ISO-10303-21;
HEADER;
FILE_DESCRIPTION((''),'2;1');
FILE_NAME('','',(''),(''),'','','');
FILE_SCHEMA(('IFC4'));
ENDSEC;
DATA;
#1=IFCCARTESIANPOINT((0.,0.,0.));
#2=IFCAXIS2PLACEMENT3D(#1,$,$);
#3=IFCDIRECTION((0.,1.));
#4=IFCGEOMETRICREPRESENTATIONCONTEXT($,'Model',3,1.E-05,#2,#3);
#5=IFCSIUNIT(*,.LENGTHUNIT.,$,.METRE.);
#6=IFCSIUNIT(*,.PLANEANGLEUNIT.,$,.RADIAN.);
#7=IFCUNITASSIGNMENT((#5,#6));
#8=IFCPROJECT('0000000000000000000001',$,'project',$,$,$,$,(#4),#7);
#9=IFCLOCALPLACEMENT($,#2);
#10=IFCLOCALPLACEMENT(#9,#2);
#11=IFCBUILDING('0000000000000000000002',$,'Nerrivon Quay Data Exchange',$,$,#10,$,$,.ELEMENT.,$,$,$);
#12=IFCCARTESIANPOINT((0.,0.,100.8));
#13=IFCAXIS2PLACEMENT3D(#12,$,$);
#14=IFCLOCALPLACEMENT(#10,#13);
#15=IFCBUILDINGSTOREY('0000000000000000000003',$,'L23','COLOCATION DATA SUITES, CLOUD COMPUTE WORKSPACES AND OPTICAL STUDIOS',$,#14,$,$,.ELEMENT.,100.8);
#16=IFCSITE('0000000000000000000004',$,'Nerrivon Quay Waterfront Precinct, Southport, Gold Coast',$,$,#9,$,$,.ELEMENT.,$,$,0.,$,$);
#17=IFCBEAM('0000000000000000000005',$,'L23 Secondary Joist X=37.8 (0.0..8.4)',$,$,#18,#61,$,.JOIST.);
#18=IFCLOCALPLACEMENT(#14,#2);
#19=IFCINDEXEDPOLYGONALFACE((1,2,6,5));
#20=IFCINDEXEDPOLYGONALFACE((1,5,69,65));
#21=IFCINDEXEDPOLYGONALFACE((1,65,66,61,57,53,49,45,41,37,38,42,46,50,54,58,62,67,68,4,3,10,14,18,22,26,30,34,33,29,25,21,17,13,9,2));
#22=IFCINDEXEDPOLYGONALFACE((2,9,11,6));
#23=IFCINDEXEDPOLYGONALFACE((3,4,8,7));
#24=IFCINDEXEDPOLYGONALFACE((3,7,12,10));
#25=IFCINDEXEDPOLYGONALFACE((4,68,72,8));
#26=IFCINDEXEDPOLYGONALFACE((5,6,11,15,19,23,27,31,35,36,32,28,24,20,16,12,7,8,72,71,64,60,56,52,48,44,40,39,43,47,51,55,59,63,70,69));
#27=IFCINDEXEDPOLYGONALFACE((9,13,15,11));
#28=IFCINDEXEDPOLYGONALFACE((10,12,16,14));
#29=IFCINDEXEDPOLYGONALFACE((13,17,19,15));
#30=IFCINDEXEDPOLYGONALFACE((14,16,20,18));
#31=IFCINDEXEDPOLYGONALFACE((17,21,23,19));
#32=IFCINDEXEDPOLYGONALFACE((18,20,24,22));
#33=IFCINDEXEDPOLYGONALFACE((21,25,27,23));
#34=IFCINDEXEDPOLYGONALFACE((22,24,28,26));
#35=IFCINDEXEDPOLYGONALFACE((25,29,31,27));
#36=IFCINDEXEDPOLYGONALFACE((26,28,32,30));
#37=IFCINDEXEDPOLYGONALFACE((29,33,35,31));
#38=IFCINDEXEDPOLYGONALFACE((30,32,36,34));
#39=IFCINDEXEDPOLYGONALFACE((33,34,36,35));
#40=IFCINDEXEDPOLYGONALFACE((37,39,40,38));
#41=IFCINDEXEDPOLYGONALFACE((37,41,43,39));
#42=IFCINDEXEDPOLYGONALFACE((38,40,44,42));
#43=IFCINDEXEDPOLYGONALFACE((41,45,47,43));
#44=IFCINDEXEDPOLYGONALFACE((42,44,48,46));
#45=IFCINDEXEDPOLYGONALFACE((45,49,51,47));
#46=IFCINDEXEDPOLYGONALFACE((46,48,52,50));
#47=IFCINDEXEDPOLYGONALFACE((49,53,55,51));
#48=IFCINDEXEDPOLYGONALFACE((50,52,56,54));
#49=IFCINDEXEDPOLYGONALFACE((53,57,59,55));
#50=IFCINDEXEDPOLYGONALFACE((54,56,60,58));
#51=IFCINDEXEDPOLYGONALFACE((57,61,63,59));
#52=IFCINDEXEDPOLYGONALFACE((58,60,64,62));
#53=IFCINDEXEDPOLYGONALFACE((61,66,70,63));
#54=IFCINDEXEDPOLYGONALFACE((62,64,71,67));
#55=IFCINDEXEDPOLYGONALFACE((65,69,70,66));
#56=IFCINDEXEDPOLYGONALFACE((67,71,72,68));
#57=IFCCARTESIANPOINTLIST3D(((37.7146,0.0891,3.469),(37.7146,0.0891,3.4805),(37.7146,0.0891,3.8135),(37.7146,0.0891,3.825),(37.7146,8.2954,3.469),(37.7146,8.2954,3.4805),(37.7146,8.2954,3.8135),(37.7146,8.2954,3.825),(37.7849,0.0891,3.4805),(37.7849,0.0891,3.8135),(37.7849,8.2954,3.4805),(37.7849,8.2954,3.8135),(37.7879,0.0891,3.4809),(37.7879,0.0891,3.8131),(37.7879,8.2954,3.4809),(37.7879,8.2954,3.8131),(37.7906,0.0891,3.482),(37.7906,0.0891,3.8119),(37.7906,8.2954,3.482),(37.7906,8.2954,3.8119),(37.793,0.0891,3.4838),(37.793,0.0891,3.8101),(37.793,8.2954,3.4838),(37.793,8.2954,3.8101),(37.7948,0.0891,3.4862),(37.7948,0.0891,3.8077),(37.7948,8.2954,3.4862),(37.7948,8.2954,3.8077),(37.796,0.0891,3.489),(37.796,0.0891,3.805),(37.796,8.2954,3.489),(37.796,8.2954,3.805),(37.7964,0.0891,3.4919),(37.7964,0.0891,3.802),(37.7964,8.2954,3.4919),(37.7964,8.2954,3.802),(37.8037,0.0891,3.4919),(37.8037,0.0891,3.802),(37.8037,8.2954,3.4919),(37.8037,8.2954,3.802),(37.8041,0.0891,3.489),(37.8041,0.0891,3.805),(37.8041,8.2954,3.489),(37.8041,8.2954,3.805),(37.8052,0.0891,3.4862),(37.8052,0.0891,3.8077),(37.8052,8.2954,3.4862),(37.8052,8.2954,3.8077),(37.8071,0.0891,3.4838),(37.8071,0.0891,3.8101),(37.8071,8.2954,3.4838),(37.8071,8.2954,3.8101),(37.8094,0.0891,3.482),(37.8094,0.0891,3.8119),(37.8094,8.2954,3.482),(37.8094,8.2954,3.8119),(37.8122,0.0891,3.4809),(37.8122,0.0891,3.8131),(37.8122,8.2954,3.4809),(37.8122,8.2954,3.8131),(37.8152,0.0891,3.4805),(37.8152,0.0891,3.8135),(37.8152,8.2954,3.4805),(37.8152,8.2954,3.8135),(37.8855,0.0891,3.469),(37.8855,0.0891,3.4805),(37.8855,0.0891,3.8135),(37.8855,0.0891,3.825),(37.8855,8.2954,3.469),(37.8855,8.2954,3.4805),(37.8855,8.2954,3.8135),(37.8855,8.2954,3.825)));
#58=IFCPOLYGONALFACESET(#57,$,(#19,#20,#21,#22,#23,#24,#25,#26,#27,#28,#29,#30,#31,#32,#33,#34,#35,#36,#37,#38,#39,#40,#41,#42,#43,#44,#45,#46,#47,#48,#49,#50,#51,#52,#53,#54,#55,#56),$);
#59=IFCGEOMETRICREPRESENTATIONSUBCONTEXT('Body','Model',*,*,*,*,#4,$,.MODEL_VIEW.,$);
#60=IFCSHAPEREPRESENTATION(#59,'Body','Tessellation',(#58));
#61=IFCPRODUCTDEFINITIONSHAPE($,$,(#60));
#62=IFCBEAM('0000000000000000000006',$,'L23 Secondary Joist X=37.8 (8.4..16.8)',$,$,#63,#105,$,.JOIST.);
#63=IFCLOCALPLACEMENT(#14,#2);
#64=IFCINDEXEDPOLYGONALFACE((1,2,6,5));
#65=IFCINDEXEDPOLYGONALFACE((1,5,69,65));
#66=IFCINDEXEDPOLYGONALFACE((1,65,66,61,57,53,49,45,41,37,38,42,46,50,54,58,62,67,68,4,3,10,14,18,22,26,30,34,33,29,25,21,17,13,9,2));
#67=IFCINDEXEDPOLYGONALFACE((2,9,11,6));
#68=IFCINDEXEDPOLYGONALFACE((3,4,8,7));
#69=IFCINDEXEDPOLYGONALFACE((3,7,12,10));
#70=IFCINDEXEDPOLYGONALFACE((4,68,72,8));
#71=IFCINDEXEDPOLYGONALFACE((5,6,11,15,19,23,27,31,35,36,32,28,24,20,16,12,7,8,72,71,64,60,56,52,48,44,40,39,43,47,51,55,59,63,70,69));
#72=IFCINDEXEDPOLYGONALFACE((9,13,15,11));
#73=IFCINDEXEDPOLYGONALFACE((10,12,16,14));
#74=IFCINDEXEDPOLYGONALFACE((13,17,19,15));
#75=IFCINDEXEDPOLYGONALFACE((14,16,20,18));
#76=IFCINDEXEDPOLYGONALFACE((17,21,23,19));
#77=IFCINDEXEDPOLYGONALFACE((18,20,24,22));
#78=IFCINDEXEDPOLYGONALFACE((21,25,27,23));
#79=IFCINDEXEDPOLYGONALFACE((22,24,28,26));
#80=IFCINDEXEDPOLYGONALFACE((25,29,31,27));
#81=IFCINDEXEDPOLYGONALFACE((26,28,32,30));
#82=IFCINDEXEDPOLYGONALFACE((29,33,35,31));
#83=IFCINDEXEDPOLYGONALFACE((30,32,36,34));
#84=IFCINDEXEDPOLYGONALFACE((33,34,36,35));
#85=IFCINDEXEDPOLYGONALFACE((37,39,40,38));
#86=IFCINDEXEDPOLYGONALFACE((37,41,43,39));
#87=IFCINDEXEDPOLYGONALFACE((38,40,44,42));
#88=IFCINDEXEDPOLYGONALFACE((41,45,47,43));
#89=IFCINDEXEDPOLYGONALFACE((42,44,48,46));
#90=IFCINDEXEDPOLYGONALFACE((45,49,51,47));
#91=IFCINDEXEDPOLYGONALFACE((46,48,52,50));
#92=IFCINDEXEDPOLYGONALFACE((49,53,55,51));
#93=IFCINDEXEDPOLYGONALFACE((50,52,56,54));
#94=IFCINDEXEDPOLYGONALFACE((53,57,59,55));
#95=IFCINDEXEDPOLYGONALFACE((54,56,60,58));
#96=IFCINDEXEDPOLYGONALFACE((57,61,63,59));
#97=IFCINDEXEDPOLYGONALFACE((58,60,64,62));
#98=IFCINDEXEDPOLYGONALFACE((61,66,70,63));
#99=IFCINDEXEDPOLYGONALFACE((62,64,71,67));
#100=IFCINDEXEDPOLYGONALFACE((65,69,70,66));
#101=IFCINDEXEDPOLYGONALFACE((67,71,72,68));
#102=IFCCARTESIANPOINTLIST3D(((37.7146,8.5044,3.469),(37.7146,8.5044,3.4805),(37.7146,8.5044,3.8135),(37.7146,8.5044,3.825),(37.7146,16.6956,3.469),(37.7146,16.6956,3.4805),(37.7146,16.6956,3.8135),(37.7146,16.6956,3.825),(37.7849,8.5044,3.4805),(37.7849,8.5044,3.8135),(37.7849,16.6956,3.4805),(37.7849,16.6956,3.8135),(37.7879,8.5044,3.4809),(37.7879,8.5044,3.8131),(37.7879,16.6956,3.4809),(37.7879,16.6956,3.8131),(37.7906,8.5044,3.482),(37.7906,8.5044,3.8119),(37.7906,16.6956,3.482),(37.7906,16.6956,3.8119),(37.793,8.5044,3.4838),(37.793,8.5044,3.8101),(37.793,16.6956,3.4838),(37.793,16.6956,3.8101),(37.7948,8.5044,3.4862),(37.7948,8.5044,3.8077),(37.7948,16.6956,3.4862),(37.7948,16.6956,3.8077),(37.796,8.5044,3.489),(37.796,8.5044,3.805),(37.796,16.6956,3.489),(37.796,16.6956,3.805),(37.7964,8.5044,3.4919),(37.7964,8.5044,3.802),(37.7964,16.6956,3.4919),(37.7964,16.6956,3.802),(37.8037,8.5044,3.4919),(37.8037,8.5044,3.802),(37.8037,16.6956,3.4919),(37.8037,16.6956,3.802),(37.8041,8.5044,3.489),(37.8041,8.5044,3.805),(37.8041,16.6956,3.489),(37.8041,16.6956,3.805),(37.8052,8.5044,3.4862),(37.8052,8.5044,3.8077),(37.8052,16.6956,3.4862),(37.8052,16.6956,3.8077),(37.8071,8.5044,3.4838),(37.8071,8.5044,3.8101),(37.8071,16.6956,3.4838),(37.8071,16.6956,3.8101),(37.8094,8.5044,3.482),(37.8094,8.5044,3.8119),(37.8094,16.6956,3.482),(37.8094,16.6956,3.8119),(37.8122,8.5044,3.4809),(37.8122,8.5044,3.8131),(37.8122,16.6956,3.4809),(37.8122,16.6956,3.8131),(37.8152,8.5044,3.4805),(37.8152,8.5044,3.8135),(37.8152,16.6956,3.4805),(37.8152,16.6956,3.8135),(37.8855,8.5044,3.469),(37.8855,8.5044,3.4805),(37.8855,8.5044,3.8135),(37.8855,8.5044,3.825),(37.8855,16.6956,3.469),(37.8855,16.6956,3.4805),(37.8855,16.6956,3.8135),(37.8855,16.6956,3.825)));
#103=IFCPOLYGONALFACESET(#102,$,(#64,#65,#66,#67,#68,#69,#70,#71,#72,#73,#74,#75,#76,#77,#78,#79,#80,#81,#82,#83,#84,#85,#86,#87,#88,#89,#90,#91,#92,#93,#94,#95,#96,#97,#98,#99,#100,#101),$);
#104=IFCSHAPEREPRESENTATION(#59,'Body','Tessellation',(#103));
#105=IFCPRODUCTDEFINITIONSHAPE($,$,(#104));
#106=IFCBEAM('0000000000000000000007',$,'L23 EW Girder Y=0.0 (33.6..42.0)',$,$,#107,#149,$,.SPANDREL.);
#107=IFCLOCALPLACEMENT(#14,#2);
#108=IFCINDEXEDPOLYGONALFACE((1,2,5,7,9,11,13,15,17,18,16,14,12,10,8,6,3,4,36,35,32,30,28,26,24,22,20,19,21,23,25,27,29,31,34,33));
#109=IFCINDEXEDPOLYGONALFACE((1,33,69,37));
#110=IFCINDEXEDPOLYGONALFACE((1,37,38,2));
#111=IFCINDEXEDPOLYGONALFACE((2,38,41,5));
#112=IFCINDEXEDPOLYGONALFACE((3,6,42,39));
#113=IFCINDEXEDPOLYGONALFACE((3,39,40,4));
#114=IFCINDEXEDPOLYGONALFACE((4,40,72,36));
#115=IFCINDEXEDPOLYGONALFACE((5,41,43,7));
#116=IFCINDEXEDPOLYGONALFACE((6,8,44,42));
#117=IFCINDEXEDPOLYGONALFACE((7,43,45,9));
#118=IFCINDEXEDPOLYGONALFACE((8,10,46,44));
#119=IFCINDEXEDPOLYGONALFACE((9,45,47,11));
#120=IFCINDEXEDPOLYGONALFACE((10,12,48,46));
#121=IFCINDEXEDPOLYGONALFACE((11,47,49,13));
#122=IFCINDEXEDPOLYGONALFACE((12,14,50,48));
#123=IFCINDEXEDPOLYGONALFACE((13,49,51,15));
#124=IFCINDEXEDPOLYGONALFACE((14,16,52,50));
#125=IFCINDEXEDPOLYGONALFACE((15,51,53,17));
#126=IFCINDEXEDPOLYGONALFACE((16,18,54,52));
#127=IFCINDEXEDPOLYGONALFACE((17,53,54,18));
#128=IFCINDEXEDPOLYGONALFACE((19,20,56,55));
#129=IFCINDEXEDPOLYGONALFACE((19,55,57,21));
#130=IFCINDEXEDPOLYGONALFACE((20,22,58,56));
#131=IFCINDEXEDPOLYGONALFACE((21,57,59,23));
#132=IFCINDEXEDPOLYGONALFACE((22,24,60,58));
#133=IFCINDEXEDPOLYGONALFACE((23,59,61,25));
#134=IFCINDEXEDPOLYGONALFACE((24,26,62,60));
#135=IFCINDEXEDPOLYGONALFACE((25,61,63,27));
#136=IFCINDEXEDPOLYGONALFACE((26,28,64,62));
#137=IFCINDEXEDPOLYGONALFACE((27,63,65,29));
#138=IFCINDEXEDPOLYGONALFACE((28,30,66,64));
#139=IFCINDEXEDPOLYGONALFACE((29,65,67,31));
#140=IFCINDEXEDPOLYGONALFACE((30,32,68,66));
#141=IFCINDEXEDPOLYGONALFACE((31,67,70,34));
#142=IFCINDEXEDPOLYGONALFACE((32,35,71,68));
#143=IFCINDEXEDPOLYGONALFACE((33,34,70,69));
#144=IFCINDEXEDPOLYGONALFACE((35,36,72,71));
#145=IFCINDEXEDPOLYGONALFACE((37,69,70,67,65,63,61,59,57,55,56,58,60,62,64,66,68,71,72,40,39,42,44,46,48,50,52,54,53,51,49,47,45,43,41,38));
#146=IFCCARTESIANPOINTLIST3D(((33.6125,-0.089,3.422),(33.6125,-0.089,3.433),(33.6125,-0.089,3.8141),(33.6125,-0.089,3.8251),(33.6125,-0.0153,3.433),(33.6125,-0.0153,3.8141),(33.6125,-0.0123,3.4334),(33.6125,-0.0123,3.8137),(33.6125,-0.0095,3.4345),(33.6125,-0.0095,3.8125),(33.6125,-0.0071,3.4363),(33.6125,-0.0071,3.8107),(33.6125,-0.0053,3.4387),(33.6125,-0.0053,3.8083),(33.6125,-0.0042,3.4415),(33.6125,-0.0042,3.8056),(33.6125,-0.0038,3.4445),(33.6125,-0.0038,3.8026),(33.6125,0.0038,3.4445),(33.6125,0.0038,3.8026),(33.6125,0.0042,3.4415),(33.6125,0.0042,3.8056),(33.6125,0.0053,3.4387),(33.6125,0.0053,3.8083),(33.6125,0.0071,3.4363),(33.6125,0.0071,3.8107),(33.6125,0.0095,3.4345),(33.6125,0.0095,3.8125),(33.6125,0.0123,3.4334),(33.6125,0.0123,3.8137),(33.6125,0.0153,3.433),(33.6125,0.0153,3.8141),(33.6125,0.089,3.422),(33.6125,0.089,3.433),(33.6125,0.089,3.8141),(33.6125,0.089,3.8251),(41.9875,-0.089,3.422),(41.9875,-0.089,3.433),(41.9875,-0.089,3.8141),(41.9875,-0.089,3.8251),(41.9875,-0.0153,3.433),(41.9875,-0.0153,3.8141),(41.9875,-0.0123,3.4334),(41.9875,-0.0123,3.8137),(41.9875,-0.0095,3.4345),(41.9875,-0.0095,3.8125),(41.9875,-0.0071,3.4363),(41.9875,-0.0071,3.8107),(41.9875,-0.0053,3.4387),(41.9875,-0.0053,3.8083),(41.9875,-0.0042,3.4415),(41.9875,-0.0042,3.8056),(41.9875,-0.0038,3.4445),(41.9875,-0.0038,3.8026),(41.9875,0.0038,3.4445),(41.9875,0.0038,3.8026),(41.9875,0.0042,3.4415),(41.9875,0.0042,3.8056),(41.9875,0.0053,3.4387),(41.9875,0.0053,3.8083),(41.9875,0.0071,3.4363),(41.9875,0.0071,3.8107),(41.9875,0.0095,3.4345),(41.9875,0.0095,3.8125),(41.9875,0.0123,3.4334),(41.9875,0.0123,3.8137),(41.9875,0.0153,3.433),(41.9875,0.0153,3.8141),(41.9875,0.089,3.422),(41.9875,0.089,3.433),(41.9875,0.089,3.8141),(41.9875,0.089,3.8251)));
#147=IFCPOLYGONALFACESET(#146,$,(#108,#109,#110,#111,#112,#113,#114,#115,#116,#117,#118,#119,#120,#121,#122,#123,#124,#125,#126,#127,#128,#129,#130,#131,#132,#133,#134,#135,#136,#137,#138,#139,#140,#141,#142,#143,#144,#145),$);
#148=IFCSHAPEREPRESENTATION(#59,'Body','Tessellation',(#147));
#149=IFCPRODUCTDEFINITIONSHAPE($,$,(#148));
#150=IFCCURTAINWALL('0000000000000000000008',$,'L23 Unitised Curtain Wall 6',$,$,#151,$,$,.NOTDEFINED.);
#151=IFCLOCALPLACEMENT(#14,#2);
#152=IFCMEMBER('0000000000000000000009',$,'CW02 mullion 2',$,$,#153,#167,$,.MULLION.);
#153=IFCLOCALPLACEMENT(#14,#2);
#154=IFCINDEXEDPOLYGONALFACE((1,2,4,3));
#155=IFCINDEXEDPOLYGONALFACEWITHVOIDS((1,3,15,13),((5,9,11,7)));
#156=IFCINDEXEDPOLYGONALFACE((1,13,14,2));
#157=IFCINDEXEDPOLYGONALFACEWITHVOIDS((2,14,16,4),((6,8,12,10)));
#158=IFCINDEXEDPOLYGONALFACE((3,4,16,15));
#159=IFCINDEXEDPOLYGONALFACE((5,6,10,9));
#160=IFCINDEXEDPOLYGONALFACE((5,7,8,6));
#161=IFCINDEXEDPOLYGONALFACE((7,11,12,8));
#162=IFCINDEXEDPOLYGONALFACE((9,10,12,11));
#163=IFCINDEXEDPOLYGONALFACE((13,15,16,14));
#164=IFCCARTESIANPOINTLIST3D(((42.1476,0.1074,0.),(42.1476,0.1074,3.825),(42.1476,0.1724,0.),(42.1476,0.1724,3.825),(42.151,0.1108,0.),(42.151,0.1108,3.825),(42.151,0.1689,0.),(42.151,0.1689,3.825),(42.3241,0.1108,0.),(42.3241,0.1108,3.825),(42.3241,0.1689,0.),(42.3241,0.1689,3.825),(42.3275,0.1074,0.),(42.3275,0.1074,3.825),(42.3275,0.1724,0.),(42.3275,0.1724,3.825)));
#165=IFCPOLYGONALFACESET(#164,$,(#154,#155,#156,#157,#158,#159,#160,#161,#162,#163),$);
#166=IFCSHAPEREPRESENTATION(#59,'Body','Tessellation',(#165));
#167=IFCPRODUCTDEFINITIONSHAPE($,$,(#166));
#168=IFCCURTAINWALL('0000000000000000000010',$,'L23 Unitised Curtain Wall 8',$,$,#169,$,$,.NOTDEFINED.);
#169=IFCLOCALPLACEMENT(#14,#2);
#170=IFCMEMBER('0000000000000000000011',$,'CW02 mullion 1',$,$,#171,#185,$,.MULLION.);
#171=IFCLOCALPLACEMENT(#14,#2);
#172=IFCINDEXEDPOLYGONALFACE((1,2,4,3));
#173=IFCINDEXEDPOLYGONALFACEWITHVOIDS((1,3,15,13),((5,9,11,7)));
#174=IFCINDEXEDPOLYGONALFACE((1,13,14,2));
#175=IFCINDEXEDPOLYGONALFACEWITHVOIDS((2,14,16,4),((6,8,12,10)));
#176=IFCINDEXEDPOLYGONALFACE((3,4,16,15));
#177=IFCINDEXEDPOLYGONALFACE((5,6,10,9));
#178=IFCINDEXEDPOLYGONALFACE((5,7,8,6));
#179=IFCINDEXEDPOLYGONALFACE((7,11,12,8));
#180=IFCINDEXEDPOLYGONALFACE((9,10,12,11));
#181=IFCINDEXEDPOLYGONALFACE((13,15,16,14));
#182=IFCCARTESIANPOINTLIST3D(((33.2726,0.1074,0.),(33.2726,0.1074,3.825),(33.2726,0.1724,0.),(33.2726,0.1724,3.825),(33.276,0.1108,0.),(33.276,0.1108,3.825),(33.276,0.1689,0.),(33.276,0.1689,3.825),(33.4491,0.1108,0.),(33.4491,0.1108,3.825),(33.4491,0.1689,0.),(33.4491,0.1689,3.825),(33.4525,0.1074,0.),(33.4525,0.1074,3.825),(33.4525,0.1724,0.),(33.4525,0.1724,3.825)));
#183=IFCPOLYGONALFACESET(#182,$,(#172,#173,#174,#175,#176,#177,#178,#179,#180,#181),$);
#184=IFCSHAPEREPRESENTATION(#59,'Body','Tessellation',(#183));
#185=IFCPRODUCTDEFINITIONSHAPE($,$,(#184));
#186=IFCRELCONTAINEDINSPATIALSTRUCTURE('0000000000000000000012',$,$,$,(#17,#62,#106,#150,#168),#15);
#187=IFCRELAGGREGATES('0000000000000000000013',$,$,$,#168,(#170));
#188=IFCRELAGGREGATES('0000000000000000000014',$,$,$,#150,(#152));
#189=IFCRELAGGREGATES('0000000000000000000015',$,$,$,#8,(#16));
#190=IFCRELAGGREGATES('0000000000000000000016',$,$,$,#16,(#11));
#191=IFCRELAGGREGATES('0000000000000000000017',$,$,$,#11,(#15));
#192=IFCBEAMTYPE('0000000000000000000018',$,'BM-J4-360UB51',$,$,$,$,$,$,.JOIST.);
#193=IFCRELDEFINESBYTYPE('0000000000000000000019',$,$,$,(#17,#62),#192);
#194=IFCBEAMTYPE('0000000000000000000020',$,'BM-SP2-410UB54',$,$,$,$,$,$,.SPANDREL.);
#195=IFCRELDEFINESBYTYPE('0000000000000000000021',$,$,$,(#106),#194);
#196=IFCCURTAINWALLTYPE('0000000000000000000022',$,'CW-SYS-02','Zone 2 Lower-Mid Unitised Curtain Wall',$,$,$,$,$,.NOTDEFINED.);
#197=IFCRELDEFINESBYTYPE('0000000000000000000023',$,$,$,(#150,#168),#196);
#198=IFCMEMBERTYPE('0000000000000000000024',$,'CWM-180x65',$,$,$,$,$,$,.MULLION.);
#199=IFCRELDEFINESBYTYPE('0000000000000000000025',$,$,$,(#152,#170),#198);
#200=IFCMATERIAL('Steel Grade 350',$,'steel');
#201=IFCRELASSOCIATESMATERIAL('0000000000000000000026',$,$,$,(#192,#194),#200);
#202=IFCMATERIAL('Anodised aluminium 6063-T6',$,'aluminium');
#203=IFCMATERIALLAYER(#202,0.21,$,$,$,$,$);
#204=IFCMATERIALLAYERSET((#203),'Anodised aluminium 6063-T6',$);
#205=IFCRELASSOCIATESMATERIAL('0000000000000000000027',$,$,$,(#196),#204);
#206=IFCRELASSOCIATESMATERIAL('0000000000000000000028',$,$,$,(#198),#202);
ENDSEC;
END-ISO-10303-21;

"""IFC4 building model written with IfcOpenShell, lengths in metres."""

from ifc_helpers import new_model, si_unit, direction, frame, origin, origin_2d, place, context, subcontext, project, spatial, hollow_rectangle, i_section, extrude, material, layer, layer_set, material_profile, profile_set, type_object, element, aggregate, save


model = new_model("IFC4")

# Units and contexts
model_context = context("Model", 3, precision=1e-05, world=origin(), true_north=direction((0.0, 1.0)))
body_context = subcontext(model_context, "Body", "Model", "MODEL_VIEW")
ifc_project = project(units=[si_unit("LENGTHUNIT", "METRE"), si_unit("PLANEANGLEUNIT", "RADIAN")], contexts=[model_context])

# Site, building, storey
site_placement = place(None, origin())
site = spatial("IfcSite", under=ifc_project, at=site_placement, Name="Nerrivon Quay Waterfront Precinct, Southport, Gold Coast", CompositionType="ELEMENT", RefElevation=0.0)
building_placement = place(site_placement, origin())
building = spatial("IfcBuilding", under=site, at=building_placement, Name="Nerrivon Quay Data Exchange", CompositionType="ELEMENT")
storey_placement = place(building_placement, frame((0.0, 0.0, 100.8)))
storey = spatial("IfcBuildingStorey", under=building, at=storey_placement, Name="L23", Description="COLOCATION DATA SUITES, CLOUD COMPUTE WORKSPACES AND OPTICAL STUDIOS", CompositionType="ELEMENT", Elevation=100.8)

# Shared definitions
ifc_material_1 = material(Name="Steel Grade 350", Category="steel")

# Beams
ifc_material_profile_1 = material_profile(ifc_material_1, i_section(OverallWidth=0.1709, OverallDepth=0.356, WebThickness=0.0073, FlangeThickness=0.0115, FilletRadius=0.0115, at=origin_2d()), Name="360UB50.7")
ifc_profile_set_1 = profile_set([ifc_material_profile_1], Name="Steel Grade 350")
beam_type_1 = type_object("IfcBeamType", Name="BM-J4-360UB51", PredefinedType="JOIST", material=ifc_profile_set_1)
beam_1_placement = place(storey_placement, frame((37.8, 0.0891, 3.647), z_axis=(0.0, 1.0, 0.0), x_axis=(-1.0, 0.0, 0.0)))
element("IfcBeam", 1, at=beam_1_placement, inside=storey, type_object=beam_type_1, Name="L23 Secondary Joist X=37.8 (0.0..8.4)", PredefinedType="JOIST", context=body_context, shape_type="SweptSolid", body=[
    extrude(i_section(OverallWidth=0.1709, OverallDepth=0.356, WebThickness=0.0073, FlangeThickness=0.0115, FilletRadius=0.0115, at=origin_2d()), origin(), (0.0, 0.0, 1.0), 8.2063),
])
beam_2_placement = place(storey_placement, frame((37.8, 8.5044, 3.647), z_axis=(0.0, 1.0, 0.0), x_axis=(-1.0, 0.0, 0.0)))
element("IfcBeam", 2, at=beam_2_placement, inside=storey, type_object=beam_type_1, Name="L23 Secondary Joist X=37.8 (8.4..16.8)", PredefinedType="JOIST", context=body_context, shape_type="SweptSolid", body=[
    extrude(i_section(OverallWidth=0.1709, OverallDepth=0.356, WebThickness=0.0073, FlangeThickness=0.0115, FilletRadius=0.0115, at=origin_2d()), origin(), (0.0, 0.0, 1.0), 8.1912),
])
ifc_material_profile_2 = material_profile(ifc_material_1, i_section(OverallWidth=0.178, OverallDepth=0.4031, WebThickness=0.0076, FlangeThickness=0.011, FilletRadius=0.0115, at=origin_2d()), Name="410UB53.7")
ifc_profile_set_2 = profile_set([ifc_material_profile_2], Name="Steel Grade 350")
beam_type_2 = type_object("IfcBeamType", Name="BM-SP2-410UB54", PredefinedType="SPANDREL", material=ifc_profile_set_2)
beam_3_placement = place(storey_placement, frame((33.6125, 0.0, 3.6235), z_axis=(1.0, 0.0, 0.0), x_axis=(0.0, 1.0, 0.0)))
element("IfcBeam", 3, at=beam_3_placement, inside=storey, type_object=beam_type_2, Name="L23 EW Girder Y=0.0 (33.6..42.0)", PredefinedType="SPANDREL", context=body_context, shape_type="SweptSolid", body=[
    extrude(i_section(OverallWidth=0.178, OverallDepth=0.4031, WebThickness=0.0076, FlangeThickness=0.011, FilletRadius=0.0115, at=origin_2d()), origin(), (0.0, 0.0, 1.0), 8.375),
])

# Curtain walls, members
ifc_material_2 = material(Name="Anodised aluminium 6063-T6", Category="aluminium")
ifc_layer_1 = layer(ifc_material_2, 0.21)
ifc_layer_set_1 = layer_set([ifc_layer_1], Name="Anodised aluminium 6063-T6")
curtain_wall_type = type_object("IfcCurtainWallType", Name="CW-SYS-02", Description="Zone 2 Lower-Mid Unitised Curtain Wall", PredefinedType="NOTDEFINED", material=ifc_layer_set_1)
curtain_wall_1_placement = place(storey_placement, origin())
curtain_wall_1 = element("IfcCurtainWall", 4, at=curtain_wall_1_placement, inside=storey, type_object=curtain_wall_type, Name="L23 Unitised Curtain Wall 6", PredefinedType="NOTDEFINED")
ifc_material_profile_3 = material_profile(ifc_material_2, hollow_rectangle(XDim=0.0649, YDim=0.1799, WallThickness=0.0034, at=origin_2d()), Name="ALU-MULL-180x65")
ifc_profile_set_3 = profile_set([ifc_material_profile_3], Name="Anodised aluminium 6063-T6")
member_type_1 = type_object("IfcMemberType", Name="CWM-180x65", PredefinedType="MULLION", material=ifc_profile_set_3)
member_1_placement = place(storey_placement, frame((42.2375, 0.1399, 0.0), z_axis=(0.0, 0.0, 1.0), x_axis=(0.0, -1.0, 0.0)))
member_1 = element("IfcMember", 5, at=member_1_placement, type_object=member_type_1, Name="CW02 mullion 2", PredefinedType="MULLION", context=body_context, shape_type="SweptSolid", body=[
    extrude(hollow_rectangle(XDim=0.0649, YDim=0.1799, WallThickness=0.0034, at=origin_2d()), origin(), (0.0, 0.0, 1.0), 3.825),
])
curtain_wall_2_placement = place(storey_placement, origin())
curtain_wall_2 = element("IfcCurtainWall", 6, at=curtain_wall_2_placement, inside=storey, type_object=curtain_wall_type, Name="L23 Unitised Curtain Wall 8", PredefinedType="NOTDEFINED")
member_2_placement = place(storey_placement, frame((33.3625, 0.1399, 0.0), z_axis=(0.0, 0.0, 1.0), x_axis=(0.0, -1.0, 0.0)))
member_2 = element("IfcMember", 7, at=member_2_placement, type_object=member_type_1, Name="CW02 mullion 1", PredefinedType="MULLION", context=body_context, shape_type="SweptSolid", body=[
    extrude(hollow_rectangle(XDim=0.0649, YDim=0.1799, WallThickness=0.0034, at=origin_2d()), origin(), (0.0, 0.0, 1.0), 3.825),
])

aggregate(curtain_wall_2, [member_2])

aggregate(curtain_wall_1, [member_1])

save(model, "model.ifc")
